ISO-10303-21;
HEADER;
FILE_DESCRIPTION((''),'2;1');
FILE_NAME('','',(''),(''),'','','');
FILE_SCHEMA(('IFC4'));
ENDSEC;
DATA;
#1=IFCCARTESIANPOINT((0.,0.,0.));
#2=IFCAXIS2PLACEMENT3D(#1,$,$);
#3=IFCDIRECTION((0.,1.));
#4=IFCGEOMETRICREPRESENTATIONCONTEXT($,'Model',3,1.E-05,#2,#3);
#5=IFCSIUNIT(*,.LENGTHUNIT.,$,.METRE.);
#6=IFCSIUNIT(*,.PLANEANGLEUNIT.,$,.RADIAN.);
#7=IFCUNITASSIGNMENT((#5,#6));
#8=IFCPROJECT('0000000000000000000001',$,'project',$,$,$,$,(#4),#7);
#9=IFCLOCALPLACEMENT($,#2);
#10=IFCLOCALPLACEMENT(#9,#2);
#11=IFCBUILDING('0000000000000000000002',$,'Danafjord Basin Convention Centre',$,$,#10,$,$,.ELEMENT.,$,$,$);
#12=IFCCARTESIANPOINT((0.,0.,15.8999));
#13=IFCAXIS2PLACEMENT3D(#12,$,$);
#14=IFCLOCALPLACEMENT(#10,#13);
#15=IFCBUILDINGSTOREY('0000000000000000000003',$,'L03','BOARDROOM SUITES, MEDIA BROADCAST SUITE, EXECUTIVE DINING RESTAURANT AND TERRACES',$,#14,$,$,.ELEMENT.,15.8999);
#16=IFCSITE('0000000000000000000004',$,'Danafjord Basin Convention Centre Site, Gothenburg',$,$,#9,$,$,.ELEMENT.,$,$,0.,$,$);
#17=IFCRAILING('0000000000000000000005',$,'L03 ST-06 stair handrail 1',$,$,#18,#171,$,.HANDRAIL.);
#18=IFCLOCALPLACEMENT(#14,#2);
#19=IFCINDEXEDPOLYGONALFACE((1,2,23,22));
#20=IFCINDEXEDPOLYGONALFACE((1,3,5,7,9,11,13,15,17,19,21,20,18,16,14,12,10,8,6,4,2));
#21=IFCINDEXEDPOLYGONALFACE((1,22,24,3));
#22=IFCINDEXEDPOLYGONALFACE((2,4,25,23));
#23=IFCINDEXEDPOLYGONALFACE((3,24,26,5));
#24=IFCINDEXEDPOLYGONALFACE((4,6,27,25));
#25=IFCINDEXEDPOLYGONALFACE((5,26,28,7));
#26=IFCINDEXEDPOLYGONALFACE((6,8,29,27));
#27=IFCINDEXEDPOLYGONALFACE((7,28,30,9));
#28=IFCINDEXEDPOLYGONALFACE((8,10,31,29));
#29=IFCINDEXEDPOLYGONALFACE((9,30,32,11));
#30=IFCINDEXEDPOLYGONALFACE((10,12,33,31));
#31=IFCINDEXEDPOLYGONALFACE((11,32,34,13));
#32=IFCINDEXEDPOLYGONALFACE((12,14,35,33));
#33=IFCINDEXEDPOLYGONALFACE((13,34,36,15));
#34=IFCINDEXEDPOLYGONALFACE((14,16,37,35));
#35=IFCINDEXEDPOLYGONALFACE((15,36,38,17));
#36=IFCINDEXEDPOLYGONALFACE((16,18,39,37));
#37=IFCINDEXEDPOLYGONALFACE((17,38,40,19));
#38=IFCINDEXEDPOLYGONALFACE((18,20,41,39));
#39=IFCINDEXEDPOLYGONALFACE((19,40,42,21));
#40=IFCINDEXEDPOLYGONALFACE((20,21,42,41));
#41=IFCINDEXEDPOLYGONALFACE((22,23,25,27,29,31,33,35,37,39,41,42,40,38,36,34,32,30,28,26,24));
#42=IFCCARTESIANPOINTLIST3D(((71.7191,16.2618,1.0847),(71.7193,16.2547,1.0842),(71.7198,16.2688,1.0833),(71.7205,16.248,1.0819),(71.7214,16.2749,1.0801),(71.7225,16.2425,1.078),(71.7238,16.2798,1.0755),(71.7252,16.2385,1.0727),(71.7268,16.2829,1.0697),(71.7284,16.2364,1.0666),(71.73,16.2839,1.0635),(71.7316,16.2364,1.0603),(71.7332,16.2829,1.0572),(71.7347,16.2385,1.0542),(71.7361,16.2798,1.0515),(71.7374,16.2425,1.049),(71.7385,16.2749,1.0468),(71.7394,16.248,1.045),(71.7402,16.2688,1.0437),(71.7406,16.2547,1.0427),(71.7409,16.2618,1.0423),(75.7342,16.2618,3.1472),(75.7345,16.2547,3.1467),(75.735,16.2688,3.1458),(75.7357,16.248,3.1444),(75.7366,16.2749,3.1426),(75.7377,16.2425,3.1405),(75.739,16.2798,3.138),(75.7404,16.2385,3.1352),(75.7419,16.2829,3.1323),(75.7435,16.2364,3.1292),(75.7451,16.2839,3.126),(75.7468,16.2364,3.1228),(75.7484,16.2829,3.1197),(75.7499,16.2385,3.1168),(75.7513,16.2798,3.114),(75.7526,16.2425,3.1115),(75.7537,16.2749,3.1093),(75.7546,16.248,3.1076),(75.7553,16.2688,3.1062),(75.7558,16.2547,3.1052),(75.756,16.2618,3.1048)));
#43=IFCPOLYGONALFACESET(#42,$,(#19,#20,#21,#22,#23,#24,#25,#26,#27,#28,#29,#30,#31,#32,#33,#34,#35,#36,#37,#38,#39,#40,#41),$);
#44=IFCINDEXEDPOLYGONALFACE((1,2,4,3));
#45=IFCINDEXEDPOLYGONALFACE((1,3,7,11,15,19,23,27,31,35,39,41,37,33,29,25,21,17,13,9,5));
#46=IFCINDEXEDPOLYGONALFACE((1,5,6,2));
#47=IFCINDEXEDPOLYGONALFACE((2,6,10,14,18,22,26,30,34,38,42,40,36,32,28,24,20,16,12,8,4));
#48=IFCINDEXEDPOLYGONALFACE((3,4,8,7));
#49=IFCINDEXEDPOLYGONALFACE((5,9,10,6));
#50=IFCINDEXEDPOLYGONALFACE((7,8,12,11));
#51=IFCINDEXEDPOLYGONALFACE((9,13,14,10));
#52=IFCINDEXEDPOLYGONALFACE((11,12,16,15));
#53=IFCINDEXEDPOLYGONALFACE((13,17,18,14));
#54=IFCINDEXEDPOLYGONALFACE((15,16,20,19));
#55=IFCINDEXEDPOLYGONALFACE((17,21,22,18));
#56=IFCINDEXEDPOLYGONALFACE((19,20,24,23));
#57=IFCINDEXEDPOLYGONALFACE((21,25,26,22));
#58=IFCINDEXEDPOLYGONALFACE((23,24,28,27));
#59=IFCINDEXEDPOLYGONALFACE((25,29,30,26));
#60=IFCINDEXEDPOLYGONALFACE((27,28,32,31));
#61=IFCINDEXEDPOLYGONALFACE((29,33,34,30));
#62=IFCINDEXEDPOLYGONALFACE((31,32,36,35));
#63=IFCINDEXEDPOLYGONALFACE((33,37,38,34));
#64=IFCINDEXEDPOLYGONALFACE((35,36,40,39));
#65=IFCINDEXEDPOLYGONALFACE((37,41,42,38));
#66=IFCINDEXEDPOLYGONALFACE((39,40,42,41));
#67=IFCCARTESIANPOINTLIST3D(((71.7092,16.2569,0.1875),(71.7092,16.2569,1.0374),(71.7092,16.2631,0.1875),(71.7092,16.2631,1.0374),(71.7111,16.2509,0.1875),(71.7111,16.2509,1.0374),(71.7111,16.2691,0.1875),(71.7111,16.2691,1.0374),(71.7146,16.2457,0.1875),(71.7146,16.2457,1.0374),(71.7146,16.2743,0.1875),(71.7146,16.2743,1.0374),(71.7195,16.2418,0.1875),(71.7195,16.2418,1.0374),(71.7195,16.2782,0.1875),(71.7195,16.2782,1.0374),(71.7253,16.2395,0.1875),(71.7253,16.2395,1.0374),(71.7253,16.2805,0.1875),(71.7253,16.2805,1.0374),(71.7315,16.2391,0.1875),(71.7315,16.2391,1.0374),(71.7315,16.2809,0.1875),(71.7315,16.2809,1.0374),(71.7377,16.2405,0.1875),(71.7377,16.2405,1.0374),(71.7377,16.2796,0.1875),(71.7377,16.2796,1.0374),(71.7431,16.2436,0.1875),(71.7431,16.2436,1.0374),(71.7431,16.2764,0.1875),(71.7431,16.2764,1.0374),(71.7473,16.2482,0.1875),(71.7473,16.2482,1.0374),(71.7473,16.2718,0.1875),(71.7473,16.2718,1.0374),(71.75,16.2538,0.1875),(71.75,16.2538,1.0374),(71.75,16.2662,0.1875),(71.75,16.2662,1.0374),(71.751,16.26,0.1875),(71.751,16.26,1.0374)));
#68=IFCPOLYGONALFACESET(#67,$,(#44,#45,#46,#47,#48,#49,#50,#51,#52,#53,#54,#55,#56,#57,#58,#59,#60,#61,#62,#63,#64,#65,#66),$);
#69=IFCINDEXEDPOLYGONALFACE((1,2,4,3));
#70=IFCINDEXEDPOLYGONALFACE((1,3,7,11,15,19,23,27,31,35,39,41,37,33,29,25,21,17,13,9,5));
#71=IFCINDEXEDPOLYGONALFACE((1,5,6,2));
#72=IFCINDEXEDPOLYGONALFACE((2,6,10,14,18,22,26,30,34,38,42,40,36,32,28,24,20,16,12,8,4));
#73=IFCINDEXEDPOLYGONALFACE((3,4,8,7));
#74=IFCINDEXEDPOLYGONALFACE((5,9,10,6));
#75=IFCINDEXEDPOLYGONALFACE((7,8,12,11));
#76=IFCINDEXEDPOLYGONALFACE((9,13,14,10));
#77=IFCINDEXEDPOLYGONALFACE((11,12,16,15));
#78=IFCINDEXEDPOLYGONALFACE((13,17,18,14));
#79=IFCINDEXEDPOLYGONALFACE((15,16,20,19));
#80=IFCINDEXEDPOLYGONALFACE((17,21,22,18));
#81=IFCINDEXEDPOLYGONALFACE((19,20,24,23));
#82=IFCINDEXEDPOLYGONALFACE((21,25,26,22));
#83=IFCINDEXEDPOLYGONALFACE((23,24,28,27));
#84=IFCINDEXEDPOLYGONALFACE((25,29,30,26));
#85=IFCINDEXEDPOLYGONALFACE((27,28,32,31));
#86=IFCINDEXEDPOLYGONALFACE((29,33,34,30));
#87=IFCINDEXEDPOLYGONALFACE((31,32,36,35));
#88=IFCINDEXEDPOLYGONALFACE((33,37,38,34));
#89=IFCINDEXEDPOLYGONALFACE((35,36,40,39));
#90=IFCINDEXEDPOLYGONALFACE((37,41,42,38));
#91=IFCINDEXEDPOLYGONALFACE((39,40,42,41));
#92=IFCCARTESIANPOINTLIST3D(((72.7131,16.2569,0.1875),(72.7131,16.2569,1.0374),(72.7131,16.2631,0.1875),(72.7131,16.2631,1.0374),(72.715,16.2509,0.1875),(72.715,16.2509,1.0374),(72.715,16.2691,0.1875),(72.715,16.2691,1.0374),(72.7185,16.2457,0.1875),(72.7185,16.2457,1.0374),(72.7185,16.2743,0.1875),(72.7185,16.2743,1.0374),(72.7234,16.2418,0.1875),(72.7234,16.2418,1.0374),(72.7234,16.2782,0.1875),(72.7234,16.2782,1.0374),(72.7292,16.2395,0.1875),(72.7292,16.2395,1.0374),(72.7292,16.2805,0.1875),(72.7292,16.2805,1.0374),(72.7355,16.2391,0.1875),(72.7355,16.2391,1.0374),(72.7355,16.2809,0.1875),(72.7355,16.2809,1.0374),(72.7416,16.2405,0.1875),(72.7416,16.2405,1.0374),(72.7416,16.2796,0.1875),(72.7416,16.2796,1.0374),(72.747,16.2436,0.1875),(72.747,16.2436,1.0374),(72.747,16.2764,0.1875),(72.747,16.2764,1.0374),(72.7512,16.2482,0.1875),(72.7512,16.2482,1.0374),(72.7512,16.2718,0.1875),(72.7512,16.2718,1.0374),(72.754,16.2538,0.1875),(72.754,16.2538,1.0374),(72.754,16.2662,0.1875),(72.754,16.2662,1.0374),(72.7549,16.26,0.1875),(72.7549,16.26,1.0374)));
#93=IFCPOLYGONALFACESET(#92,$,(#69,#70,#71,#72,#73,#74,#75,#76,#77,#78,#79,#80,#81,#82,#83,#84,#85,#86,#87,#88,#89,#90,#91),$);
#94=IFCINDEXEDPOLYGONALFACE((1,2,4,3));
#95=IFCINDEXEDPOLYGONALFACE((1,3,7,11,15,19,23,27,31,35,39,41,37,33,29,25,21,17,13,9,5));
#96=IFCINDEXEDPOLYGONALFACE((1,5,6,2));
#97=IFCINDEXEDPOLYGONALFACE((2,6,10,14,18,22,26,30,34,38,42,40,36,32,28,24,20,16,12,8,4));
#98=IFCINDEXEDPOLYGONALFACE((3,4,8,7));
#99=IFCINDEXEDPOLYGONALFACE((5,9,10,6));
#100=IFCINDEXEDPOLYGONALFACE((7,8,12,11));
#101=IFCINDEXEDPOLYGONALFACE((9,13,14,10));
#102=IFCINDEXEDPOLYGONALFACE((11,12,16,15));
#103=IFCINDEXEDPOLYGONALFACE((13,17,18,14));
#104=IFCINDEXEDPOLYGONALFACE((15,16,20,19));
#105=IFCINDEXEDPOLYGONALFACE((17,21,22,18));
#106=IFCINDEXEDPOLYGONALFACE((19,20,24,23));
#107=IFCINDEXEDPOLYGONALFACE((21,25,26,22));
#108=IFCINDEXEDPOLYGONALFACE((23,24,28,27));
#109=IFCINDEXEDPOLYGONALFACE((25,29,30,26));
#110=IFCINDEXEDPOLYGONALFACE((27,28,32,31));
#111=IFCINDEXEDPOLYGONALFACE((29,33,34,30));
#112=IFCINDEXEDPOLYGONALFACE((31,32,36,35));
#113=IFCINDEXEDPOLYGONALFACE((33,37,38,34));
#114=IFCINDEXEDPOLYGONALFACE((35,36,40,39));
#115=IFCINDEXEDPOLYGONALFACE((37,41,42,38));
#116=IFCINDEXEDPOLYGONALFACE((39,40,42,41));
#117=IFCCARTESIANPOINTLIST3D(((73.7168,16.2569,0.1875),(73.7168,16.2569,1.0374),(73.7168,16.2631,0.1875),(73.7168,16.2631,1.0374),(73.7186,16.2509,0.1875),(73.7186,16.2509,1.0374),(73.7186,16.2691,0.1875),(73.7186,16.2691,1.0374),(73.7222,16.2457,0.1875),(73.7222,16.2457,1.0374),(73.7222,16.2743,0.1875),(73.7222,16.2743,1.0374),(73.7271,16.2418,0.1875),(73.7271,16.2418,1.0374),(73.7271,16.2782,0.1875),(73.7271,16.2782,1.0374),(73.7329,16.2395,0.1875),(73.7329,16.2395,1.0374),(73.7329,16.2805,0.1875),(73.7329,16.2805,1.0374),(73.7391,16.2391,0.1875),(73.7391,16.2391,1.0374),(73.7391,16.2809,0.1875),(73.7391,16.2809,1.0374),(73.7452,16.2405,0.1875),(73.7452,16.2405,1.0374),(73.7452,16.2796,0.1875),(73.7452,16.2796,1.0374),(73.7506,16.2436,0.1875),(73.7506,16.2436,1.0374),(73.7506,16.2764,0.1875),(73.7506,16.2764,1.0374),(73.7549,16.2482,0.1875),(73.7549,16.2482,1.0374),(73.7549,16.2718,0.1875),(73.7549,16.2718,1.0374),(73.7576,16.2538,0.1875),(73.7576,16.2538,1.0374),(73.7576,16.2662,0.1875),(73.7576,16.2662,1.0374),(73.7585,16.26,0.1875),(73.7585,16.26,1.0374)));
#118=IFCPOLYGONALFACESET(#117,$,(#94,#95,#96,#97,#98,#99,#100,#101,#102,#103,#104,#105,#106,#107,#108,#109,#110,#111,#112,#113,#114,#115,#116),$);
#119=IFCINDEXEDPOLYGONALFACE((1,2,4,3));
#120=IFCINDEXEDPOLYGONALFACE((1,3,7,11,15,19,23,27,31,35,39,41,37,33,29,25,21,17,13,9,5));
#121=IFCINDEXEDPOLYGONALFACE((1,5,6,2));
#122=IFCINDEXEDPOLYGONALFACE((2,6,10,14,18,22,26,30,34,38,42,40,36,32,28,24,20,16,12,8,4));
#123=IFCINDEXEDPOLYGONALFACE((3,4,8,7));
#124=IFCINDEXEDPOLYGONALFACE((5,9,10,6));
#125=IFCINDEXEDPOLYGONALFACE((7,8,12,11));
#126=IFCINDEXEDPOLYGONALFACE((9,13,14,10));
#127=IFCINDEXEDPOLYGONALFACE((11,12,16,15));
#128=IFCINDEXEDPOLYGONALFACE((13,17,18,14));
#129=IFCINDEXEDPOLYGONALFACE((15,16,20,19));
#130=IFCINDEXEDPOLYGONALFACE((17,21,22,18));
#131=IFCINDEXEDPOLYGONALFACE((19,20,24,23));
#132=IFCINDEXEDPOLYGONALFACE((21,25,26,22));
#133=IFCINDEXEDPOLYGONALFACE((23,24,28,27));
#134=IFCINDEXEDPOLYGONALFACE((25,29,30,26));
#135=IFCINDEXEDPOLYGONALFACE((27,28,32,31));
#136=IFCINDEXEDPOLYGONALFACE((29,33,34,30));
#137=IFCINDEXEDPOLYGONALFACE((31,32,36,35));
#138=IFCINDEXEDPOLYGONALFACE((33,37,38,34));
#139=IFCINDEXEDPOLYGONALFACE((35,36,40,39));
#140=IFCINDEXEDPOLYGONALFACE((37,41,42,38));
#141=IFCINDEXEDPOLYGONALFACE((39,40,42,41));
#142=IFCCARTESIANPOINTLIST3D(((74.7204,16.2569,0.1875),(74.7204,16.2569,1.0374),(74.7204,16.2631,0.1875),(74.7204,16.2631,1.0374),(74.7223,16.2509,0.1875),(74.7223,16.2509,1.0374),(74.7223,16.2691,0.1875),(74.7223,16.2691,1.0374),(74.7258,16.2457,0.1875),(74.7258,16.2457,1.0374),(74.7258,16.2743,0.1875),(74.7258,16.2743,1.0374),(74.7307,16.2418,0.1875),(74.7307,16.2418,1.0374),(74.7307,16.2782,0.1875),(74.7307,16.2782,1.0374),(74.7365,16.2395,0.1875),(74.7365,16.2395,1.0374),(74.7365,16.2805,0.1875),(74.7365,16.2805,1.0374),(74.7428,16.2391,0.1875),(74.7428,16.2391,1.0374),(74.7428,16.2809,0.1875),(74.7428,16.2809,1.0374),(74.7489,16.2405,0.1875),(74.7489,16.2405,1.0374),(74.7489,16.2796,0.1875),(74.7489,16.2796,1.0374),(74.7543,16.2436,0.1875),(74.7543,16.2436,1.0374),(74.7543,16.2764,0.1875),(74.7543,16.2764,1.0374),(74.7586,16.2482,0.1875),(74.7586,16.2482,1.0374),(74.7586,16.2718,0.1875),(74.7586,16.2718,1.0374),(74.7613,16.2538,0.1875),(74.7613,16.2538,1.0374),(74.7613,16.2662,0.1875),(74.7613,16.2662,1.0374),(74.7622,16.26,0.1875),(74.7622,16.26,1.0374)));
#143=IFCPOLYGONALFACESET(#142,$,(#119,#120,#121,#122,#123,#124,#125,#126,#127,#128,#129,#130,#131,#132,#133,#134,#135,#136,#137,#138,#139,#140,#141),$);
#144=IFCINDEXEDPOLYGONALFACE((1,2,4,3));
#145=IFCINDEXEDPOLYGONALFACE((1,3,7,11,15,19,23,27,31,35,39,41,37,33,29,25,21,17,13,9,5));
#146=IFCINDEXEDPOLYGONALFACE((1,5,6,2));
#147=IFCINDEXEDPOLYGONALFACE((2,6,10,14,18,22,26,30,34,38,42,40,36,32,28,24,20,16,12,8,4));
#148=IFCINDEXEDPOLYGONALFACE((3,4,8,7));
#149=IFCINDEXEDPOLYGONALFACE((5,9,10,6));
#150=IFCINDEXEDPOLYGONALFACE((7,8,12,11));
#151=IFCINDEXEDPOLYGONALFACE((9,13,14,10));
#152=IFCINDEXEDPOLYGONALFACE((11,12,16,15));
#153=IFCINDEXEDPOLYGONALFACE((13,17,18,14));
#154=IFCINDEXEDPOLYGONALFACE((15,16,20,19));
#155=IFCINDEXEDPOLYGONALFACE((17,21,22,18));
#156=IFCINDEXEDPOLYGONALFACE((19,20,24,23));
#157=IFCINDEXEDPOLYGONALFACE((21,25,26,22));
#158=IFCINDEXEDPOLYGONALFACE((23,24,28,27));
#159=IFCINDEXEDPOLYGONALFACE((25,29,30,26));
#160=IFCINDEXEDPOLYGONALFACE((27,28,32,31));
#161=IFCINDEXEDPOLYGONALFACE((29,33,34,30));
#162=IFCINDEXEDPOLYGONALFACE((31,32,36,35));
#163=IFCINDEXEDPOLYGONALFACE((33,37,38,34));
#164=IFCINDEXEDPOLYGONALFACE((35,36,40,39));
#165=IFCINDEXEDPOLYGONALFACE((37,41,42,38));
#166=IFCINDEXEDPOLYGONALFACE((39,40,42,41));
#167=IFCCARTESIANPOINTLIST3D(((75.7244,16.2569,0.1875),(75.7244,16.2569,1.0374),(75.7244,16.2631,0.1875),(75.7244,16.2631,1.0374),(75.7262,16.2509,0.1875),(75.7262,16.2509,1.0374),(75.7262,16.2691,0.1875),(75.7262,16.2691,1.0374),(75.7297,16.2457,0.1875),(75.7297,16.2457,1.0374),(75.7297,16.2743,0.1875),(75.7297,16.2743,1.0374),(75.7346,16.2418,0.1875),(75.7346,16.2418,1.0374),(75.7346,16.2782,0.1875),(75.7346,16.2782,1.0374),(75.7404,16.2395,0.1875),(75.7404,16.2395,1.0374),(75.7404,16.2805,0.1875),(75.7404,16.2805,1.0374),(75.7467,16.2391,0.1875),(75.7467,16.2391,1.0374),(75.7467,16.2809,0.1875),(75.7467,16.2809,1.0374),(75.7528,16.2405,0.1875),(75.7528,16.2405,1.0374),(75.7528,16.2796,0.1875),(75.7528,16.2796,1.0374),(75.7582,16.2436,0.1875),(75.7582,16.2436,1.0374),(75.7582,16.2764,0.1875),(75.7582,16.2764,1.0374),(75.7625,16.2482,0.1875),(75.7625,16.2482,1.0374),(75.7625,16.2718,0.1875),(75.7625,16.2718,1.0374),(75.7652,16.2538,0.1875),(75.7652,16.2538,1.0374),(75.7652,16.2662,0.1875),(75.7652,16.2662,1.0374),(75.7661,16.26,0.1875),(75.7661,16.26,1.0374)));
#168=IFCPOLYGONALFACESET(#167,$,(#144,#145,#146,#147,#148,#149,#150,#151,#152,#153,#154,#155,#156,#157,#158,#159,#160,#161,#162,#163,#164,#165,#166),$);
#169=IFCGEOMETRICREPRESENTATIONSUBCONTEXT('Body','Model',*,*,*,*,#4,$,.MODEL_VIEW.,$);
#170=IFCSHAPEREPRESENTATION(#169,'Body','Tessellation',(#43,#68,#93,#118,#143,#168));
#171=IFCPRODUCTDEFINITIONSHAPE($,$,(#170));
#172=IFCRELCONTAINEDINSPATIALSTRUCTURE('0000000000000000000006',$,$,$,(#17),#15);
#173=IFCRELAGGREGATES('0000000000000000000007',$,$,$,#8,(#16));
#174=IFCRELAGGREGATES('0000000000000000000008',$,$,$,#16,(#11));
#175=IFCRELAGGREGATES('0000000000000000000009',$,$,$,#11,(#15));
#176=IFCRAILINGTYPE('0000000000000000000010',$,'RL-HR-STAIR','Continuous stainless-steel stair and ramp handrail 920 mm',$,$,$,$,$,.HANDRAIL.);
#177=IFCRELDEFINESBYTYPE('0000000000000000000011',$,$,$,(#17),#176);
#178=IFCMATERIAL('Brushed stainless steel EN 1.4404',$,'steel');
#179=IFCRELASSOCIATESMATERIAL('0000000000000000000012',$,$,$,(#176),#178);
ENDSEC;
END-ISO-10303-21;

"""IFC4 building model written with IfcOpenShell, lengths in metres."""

from ifc_helpers import new_model, si_unit, direction, frame, origin, origin_2d, place, context, subcontext, project, spatial, circle, extrude, material, type_object, element, save


model = new_model("IFC4")

# Units and contexts
model_context = context("Model", 3, precision=1e-05, world=origin(), true_north=direction((0.0, 1.0)))
body_context = subcontext(model_context, "Body", "Model", "MODEL_VIEW")
ifc_project = project(units=[si_unit("LENGTHUNIT", "METRE"), si_unit("PLANEANGLEUNIT", "RADIAN")], contexts=[model_context])

# Site, building, storey
site_placement = place(None, origin())
site = spatial("IfcSite", under=ifc_project, at=site_placement, Name="Danafjord Basin Convention Centre Site, Gothenburg", CompositionType="ELEMENT", RefElevation=0.0)
building_placement = place(site_placement, origin())
building = spatial("IfcBuilding", under=site, at=building_placement, Name="Danafjord Basin Convention Centre", CompositionType="ELEMENT")
storey_placement = place(building_placement, frame((0.0, 0.0, 15.8999)))
storey = spatial("IfcBuildingStorey", under=building, at=storey_placement, Name="L03", Description="BOARDROOM SUITES, MEDIA BROADCAST SUITE, EXECUTIVE DINING RESTAURANT AND TERRACES", CompositionType="ELEMENT", Elevation=15.8999)

# Railing
ifc_material_1 = material(Name="Brushed stainless steel EN 1.4404", Category="steel")
railing_type_1 = type_object("IfcRailingType", Name="RL-HR-STAIR", Description="Continuous stainless-steel stair and ramp handrail 920 mm", PredefinedType="HANDRAIL", material=ifc_material_1)
railing_1_placement = place(storey_placement, frame((71.73, 16.26, 0.1875)))
element("IfcRailing", 1, at=railing_1_placement, inside=storey, type_object=railing_type_1, Name="L03 ST-06 stair handrail 1", PredefinedType="HANDRAIL", context=body_context, shape_type="SweptSolid", body=[
    extrude(circle(Radius=0.0239, at=origin_2d()), frame((0.0, 0.0, 0.876), z_axis=(0.889506, 0.0, 0.456923), x_axis=(0.0, 1.0, 0.0)), (0.0, 0.0, 1.0), 4.5139),
    extrude(circle(Radius=0.021, at=origin_2d()), origin(), (0.0, 0.0, 1.0), 0.8499),
    extrude(circle(Radius=0.021, at=origin_2d()), frame((1.0039, 0.0, 0.0)), (0.0, 0.0, 1.0), 0.8499),
    extrude(circle(Radius=0.021, at=origin_2d()), frame((2.0076, 0.0, 0.0)), (0.0, 0.0, 1.0), 0.8499),
    extrude(circle(Radius=0.021, at=origin_2d()), frame((3.0112, 0.0, 0.0)), (0.0, 0.0, 1.0), 0.8499),
    extrude(circle(Radius=0.021, at=origin_2d()), frame((4.0151, 0.0, 0.0)), (0.0, 0.0, 1.0), 0.8499),
])

save(model, "model.ifc")
